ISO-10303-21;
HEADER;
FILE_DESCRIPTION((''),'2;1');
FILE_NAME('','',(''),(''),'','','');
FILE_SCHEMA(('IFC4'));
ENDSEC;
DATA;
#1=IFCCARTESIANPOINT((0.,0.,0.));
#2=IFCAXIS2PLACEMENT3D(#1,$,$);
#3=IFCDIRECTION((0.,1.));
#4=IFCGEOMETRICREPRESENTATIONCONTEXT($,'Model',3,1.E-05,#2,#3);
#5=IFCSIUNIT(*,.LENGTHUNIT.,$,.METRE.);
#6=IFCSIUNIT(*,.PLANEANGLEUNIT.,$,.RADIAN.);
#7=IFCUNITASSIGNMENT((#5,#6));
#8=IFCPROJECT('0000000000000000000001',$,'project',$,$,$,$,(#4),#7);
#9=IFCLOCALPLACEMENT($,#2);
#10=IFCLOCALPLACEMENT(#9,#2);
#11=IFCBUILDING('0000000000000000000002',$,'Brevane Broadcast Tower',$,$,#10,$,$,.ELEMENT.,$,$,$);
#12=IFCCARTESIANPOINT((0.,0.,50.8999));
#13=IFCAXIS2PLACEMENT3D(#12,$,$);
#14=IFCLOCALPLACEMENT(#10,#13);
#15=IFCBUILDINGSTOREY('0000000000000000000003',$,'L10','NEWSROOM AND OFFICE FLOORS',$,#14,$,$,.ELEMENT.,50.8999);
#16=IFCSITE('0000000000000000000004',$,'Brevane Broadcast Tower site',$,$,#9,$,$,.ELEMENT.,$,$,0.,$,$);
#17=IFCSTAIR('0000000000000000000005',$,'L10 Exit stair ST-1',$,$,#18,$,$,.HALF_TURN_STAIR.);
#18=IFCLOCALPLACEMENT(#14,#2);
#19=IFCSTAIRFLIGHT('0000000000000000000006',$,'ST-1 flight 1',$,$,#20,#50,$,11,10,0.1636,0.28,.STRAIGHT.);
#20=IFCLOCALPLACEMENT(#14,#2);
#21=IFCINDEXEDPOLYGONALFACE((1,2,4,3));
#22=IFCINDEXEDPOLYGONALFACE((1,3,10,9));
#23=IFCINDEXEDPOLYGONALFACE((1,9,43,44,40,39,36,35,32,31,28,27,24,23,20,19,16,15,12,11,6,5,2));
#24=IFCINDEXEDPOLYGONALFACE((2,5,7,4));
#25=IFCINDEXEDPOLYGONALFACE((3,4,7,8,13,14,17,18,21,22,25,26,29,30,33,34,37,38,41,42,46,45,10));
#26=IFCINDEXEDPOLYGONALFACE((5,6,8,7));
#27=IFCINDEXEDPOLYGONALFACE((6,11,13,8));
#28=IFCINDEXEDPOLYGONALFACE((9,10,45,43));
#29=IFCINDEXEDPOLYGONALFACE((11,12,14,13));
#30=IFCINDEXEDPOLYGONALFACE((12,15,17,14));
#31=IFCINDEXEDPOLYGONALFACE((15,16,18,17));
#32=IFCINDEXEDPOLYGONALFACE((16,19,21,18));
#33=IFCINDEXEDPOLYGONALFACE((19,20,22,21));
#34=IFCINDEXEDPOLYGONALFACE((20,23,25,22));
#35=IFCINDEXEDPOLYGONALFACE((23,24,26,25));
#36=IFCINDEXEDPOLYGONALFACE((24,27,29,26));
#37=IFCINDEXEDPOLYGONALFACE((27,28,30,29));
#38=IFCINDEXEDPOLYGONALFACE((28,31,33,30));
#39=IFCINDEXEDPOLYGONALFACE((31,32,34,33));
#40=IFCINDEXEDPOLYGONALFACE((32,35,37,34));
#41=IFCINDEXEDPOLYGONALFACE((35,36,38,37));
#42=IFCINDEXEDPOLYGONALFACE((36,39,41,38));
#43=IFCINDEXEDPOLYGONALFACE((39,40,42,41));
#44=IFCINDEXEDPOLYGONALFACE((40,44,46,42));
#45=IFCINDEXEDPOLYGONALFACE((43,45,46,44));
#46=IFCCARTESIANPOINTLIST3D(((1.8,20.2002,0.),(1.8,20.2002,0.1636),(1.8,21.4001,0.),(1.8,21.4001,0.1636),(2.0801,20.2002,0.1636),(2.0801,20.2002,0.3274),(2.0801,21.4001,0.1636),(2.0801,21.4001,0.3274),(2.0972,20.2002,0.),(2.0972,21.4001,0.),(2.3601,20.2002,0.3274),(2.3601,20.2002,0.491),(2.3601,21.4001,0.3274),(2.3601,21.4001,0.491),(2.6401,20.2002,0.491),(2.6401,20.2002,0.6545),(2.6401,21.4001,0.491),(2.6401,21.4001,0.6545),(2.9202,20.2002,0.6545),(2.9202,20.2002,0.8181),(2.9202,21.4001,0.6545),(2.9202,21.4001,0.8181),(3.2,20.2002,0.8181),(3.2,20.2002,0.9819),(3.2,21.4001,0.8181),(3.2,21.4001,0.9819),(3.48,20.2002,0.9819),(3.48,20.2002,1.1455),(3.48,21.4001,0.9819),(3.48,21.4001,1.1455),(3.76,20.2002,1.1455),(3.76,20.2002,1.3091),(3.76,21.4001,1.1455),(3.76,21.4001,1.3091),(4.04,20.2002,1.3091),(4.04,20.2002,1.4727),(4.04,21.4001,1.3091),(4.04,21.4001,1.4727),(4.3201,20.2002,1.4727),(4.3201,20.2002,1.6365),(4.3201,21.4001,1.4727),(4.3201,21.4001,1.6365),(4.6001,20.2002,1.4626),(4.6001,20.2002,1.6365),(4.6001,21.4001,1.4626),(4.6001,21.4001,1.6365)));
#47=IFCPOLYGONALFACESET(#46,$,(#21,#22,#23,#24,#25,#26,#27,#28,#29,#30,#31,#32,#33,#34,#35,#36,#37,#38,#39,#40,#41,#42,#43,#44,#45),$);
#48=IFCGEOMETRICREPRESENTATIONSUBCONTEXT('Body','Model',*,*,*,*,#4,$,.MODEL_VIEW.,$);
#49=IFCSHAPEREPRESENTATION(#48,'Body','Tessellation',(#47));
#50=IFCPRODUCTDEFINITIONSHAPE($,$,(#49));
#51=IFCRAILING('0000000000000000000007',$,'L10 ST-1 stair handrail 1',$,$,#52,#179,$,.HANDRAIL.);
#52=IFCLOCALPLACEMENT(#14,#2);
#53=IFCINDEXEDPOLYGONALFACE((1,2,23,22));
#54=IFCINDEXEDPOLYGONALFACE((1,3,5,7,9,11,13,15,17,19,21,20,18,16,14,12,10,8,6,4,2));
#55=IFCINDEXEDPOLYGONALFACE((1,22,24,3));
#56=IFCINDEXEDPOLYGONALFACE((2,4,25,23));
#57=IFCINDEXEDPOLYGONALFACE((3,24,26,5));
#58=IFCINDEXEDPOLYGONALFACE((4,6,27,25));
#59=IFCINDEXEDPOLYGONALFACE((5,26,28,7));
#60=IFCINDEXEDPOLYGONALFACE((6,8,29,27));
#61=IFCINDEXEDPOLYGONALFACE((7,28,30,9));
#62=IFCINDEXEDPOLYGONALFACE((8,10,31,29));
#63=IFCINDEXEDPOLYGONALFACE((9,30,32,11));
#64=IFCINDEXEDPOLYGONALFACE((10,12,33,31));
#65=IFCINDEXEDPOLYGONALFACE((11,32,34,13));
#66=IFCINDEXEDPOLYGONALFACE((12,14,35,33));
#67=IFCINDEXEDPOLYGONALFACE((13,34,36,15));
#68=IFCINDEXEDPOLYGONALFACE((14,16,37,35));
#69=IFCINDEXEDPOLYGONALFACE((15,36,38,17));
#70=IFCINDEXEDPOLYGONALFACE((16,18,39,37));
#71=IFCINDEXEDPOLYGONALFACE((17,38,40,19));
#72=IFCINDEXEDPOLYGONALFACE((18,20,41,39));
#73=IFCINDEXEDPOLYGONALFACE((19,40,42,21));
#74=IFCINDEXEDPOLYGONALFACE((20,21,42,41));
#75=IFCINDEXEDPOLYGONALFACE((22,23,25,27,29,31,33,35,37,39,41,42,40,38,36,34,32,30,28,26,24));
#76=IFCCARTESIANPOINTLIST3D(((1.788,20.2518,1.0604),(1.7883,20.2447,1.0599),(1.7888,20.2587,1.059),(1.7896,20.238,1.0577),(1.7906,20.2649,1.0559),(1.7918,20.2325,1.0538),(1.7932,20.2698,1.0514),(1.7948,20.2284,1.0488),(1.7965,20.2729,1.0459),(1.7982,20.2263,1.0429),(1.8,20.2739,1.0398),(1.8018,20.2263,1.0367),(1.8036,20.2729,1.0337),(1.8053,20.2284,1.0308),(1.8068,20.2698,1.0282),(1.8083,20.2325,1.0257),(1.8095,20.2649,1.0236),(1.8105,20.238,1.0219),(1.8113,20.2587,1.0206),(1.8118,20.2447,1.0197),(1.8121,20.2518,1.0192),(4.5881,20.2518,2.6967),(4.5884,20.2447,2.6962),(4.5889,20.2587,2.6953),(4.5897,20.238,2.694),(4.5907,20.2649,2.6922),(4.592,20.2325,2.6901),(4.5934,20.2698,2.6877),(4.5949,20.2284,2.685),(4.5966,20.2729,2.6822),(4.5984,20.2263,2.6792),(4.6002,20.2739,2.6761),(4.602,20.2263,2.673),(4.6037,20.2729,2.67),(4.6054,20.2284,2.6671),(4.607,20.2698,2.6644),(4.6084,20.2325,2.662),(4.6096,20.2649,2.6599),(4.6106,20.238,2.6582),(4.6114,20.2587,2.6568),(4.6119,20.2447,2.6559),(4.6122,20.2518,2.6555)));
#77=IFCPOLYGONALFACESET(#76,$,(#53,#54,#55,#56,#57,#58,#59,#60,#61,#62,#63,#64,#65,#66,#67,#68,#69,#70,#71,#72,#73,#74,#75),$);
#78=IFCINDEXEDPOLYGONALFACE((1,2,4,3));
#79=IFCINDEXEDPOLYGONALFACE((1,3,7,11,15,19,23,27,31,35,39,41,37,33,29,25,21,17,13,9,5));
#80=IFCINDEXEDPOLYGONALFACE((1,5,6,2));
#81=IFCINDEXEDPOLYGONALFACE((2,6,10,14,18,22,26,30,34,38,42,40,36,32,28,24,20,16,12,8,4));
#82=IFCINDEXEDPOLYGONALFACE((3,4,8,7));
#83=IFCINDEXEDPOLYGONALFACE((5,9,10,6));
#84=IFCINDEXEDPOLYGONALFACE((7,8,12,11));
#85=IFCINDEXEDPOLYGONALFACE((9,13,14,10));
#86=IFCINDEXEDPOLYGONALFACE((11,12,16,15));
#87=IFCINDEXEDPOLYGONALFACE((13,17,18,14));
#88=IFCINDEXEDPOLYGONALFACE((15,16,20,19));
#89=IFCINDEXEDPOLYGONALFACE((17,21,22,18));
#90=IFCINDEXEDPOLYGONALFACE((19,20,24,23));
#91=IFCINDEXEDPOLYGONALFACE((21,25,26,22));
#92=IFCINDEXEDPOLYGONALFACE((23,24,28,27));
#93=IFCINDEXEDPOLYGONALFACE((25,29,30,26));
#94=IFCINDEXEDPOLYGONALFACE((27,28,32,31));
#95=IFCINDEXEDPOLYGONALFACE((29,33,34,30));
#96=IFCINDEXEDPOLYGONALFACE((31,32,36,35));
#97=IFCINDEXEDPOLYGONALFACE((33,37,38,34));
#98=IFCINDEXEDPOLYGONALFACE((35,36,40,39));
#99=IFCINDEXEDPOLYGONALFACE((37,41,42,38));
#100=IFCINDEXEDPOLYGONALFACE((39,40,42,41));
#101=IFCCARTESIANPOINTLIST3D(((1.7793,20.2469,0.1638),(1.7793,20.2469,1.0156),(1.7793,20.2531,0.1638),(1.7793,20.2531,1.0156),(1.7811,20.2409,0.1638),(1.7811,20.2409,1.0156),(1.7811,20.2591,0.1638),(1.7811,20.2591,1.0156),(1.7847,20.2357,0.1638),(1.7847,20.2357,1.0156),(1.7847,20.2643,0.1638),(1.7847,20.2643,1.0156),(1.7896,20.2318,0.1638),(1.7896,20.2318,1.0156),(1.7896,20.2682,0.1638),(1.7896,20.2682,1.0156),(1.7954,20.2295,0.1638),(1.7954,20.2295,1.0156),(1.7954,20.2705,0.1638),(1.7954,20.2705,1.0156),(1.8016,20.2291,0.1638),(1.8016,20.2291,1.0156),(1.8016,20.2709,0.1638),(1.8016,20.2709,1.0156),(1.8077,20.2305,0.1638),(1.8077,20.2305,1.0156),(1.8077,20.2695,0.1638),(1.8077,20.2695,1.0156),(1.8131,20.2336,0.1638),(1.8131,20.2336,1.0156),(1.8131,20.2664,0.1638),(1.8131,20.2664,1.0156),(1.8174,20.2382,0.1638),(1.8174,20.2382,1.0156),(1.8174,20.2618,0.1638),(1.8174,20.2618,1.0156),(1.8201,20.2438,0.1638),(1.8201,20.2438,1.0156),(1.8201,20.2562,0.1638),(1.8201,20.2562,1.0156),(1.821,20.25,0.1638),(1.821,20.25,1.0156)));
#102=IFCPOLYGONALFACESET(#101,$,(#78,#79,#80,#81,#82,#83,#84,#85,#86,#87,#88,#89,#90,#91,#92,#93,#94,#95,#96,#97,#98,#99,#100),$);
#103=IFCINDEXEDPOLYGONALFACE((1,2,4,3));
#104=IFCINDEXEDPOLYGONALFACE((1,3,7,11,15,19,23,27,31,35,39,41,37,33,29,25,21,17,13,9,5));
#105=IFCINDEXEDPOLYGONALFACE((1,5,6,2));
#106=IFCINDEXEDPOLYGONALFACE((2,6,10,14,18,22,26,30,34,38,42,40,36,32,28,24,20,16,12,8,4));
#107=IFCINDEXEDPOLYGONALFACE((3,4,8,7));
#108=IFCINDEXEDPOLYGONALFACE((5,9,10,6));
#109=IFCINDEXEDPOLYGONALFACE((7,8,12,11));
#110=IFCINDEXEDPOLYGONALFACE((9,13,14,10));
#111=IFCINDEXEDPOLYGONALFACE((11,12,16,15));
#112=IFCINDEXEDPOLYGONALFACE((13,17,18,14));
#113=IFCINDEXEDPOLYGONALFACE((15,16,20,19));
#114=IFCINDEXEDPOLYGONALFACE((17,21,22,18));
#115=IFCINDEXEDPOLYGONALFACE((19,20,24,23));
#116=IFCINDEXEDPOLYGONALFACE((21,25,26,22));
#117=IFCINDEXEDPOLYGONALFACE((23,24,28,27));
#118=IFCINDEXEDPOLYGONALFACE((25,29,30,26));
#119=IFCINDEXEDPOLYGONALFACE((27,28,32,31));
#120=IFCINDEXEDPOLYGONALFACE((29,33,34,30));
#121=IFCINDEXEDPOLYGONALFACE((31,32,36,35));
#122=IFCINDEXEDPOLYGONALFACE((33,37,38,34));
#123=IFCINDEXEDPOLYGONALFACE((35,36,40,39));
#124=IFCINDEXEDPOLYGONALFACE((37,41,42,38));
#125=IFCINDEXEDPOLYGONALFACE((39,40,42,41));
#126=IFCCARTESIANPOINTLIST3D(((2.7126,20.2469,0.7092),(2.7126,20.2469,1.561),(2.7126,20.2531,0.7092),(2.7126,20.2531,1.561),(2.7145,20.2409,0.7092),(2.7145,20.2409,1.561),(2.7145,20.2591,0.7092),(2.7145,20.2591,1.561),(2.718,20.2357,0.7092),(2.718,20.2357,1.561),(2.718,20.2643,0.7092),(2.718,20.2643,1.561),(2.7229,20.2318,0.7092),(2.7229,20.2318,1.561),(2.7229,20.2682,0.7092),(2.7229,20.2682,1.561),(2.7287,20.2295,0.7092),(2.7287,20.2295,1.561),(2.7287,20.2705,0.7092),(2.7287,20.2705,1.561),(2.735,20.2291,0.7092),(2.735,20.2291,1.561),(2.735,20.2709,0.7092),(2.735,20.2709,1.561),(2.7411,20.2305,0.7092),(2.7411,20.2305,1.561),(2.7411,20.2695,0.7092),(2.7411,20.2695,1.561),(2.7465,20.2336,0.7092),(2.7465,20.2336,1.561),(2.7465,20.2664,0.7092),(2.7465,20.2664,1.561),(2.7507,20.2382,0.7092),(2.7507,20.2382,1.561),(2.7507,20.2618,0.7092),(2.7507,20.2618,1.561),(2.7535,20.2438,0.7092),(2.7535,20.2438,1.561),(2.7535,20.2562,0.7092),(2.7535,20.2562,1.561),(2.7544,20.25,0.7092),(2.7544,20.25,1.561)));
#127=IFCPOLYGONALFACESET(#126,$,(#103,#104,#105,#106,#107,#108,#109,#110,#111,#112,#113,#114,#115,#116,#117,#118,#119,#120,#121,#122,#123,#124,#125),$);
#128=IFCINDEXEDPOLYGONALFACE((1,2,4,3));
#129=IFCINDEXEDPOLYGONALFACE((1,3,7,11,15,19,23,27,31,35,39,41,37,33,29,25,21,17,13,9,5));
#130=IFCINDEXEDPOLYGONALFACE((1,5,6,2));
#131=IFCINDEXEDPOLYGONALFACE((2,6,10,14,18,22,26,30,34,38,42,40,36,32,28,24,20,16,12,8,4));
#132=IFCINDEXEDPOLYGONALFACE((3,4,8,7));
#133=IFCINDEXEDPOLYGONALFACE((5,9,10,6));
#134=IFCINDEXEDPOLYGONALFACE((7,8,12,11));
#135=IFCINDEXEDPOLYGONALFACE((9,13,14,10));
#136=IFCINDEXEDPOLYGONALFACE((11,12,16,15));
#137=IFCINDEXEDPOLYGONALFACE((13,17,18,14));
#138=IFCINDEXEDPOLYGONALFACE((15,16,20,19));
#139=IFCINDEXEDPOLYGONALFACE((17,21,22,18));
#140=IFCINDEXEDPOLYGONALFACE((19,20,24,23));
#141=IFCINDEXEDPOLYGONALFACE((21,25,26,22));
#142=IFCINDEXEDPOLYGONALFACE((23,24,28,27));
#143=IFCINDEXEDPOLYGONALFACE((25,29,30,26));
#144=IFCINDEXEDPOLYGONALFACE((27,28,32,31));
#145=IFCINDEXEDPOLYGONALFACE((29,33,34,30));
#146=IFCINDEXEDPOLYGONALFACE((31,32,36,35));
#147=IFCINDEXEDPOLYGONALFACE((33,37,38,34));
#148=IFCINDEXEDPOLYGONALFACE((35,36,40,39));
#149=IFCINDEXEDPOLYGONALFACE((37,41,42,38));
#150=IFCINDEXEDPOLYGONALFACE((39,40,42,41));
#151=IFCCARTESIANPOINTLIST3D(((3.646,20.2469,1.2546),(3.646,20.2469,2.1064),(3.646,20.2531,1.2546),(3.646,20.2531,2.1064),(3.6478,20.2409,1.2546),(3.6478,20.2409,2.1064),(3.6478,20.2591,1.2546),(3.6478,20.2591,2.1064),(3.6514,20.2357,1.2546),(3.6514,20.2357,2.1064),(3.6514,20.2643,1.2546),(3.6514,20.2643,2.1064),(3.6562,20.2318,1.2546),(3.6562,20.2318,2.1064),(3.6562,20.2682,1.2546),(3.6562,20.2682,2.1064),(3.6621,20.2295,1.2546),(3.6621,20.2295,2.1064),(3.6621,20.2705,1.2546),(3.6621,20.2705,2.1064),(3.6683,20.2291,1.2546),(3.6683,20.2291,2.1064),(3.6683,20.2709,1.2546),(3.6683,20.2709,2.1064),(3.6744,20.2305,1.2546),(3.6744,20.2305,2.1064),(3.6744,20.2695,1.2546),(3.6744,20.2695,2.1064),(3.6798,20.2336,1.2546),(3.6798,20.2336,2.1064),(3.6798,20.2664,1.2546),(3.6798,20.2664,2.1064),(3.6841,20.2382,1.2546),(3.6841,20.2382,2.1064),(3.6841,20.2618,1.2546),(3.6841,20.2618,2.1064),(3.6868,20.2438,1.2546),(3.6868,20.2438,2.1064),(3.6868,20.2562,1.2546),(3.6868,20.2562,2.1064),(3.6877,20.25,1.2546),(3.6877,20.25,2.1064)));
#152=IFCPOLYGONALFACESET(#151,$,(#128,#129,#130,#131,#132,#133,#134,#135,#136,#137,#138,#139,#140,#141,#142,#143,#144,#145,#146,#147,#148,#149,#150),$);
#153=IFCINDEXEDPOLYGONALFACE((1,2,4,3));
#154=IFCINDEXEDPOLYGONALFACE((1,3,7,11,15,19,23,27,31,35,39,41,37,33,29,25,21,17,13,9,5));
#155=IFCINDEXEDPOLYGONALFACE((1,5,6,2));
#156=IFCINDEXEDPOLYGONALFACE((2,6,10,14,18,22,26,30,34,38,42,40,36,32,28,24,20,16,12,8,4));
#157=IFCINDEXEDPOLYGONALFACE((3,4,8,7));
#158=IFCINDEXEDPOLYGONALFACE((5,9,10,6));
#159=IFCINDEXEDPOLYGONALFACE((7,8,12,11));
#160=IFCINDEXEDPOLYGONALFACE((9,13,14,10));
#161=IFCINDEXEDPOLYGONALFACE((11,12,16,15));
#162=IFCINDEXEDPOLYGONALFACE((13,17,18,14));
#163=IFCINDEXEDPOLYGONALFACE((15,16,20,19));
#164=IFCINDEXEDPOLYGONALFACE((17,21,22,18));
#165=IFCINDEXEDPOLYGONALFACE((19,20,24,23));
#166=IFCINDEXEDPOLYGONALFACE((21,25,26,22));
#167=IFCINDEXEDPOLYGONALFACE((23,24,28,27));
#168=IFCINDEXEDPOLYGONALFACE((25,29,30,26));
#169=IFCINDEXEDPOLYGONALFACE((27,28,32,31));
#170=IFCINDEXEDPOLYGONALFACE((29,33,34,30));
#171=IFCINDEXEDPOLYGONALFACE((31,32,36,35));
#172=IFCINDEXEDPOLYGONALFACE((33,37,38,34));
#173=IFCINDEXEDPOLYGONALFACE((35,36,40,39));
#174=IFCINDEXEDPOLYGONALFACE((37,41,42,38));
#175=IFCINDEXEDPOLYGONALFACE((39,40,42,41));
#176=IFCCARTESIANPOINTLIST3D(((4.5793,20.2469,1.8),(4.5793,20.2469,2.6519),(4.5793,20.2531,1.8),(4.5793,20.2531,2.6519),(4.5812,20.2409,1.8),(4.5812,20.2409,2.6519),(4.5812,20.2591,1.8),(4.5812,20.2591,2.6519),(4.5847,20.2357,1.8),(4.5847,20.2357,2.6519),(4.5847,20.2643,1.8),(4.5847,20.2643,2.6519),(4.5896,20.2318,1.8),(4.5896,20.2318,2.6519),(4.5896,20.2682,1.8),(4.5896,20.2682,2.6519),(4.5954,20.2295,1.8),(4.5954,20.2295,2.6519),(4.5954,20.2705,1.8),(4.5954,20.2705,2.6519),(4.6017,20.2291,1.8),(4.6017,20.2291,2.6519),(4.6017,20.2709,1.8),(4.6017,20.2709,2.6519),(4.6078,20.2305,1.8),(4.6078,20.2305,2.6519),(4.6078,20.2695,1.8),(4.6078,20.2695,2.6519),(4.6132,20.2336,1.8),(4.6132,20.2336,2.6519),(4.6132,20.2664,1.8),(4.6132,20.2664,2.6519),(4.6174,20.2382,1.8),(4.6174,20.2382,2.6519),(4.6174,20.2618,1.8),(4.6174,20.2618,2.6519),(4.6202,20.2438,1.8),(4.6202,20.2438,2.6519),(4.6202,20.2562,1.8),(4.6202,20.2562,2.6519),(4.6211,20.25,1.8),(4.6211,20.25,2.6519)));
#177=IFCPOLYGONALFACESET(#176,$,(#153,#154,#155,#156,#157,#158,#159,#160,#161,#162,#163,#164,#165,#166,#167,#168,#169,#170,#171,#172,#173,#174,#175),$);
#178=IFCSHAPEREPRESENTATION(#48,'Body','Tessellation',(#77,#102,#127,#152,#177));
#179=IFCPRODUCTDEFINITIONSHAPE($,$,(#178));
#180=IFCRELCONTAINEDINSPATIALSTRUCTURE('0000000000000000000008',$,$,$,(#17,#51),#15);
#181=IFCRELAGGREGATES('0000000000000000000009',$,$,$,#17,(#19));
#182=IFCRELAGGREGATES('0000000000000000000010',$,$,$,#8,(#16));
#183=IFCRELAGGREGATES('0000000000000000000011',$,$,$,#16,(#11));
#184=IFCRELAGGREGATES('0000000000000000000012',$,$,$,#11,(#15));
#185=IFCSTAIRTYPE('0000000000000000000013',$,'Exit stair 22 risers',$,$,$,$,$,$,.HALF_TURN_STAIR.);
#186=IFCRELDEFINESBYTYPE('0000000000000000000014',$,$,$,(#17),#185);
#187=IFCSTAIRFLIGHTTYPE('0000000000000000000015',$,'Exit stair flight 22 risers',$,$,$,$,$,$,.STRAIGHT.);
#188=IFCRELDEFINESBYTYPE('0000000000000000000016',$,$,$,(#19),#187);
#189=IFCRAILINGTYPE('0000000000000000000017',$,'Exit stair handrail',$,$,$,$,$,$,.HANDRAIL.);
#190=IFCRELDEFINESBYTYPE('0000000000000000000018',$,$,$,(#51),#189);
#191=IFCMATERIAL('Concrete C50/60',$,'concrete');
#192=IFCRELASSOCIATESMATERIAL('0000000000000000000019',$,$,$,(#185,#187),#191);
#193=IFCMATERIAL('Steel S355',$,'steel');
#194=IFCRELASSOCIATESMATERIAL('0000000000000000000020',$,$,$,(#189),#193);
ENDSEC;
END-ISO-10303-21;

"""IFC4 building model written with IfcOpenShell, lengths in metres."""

from ifc_helpers import new_model, si_unit, direction, frame, origin, origin_2d, place, context, subcontext, project, spatial, polyline, circle, outline, extrude, material, type_object, element, aggregate, save


model = new_model("IFC4")

# Units and contexts
model_context = context("Model", 3, precision=1e-05, world=origin(), true_north=direction((0.0, 1.0)))
body_context = subcontext(model_context, "Body", "Model", "MODEL_VIEW")
ifc_project = project(units=[si_unit("LENGTHUNIT", "METRE"), si_unit("PLANEANGLEUNIT", "RADIAN")], contexts=[model_context])

# Site, building, storey
site_placement = place(None, origin())
site = spatial("IfcSite", under=ifc_project, at=site_placement, Name="Brevane Broadcast Tower site", CompositionType="ELEMENT", RefElevation=0.0)
building_placement = place(site_placement, origin())
building = spatial("IfcBuilding", under=site, at=building_placement, Name="Brevane Broadcast Tower", CompositionType="ELEMENT")
storey_placement = place(building_placement, frame((0.0, 0.0, 50.8999)))
storey = spatial("IfcBuildingStorey", under=building, at=storey_placement, Name="L10", Description="NEWSROOM AND OFFICE FLOORS", CompositionType="ELEMENT", Elevation=50.8999)

# Stair, stair flight
ifc_material_1 = material(Name="Concrete C50/60", Category="concrete")
stair_type = type_object("IfcStairType", Name="Exit stair 22 risers", PredefinedType="HALF_TURN_STAIR", material=ifc_material_1)
stair_placement = place(storey_placement, origin())
stair = element("IfcStair", 1, at=stair_placement, inside=storey, type_object=stair_type, Name="L10 Exit stair ST-1", PredefinedType="HALF_TURN_STAIR")
stair_flight_type = type_object("IfcStairFlightType", Name="Exit stair flight 22 risers", PredefinedType="STRAIGHT", material=ifc_material_1)
stair_flight_placement = place(storey_placement, frame((1.8, 20.8, 0.0), z_axis=(0.0, 0.0, 1.0), x_axis=(1.0, 0.0, 0.0)))
stair_flight = element("IfcStairFlight", 2, at=stair_flight_placement, type_object=stair_flight_type, Name="ST-1 flight 1", NumberOfRisers=11, NumberOfTreads=10, PredefinedType="STRAIGHT", RiserHeight=0.1636, TreadLength=0.28, context=body_context, shape_type="SweptSolid", body=[
    extrude(outline(polyline([(0.0, 0.0), (0.0, 0.1636), (0.28, 0.1636), (0.28, 0.3274), (0.5601, 0.3274), (0.5601, 0.491), (0.8401, 0.491), (0.8401, 0.6545), (1.1201, 0.6545), (1.1201, 0.8181), (1.3999, 0.8181), (1.3999, 0.9819), (1.6799, 0.9819), (1.6799, 1.1455), (1.96, 1.1455), (1.96, 1.3091), (2.24, 1.3091), (2.24, 1.4727), (2.52, 1.4727), (2.52, 1.6365), (2.8, 1.6365), (2.8, 1.8), (2.8, 1.4626), (0.2971, 0.0), (0.0, 0.0)])), frame((0.0, 0.6001, 0.0), z_axis=(0.0, -1.0, 0.0), x_axis=(1.0, 0.0, 0.0)), (0.0, 0.0, 1.0), 1.2),
])
aggregate(stair, [stair_flight])

# Railing
ifc_material_2 = material(Name="Steel S355", Category="steel")
railing_type = type_object("IfcRailingType", Name="Exit stair handrail", PredefinedType="HANDRAIL", material=ifc_material_2)
railing_placement = place(storey_placement, frame((1.8, 20.25, 0.1638)))
element("IfcRailing", 3, at=railing_placement, inside=storey, type_object=railing_type, Name="L10 ST-1 stair handrail 1", PredefinedType="HANDRAIL", context=body_context, shape_type="SweptSolid", body=[
    extrude(circle(Radius=0.0239, at=origin_2d()), frame((0.0, 0.0, 0.876), z_axis=(0.863394, 0.0, 0.504531), x_axis=(0.0, 1.0, 0.0)), (0.0, 0.0, 1.0), 3.2432),
    extrude(circle(Radius=0.021, at=origin_2d()), origin(), (0.0, 0.0, 1.0), 0.8518),
    extrude(circle(Radius=0.021, at=origin_2d()), frame((0.9333, 0.0, 0.5454)), (0.0, 0.0, 1.0), 0.8518),
    extrude(circle(Radius=0.021, at=origin_2d()), frame((1.8667, 0.0, 1.0908)), (0.0, 0.0, 1.0), 0.8518),
    extrude(circle(Radius=0.021, at=origin_2d()), frame((2.8, 0.0, 1.6362)), (0.0, 0.0, 1.0), 0.8518),
])

save(model, "model.ifc")
